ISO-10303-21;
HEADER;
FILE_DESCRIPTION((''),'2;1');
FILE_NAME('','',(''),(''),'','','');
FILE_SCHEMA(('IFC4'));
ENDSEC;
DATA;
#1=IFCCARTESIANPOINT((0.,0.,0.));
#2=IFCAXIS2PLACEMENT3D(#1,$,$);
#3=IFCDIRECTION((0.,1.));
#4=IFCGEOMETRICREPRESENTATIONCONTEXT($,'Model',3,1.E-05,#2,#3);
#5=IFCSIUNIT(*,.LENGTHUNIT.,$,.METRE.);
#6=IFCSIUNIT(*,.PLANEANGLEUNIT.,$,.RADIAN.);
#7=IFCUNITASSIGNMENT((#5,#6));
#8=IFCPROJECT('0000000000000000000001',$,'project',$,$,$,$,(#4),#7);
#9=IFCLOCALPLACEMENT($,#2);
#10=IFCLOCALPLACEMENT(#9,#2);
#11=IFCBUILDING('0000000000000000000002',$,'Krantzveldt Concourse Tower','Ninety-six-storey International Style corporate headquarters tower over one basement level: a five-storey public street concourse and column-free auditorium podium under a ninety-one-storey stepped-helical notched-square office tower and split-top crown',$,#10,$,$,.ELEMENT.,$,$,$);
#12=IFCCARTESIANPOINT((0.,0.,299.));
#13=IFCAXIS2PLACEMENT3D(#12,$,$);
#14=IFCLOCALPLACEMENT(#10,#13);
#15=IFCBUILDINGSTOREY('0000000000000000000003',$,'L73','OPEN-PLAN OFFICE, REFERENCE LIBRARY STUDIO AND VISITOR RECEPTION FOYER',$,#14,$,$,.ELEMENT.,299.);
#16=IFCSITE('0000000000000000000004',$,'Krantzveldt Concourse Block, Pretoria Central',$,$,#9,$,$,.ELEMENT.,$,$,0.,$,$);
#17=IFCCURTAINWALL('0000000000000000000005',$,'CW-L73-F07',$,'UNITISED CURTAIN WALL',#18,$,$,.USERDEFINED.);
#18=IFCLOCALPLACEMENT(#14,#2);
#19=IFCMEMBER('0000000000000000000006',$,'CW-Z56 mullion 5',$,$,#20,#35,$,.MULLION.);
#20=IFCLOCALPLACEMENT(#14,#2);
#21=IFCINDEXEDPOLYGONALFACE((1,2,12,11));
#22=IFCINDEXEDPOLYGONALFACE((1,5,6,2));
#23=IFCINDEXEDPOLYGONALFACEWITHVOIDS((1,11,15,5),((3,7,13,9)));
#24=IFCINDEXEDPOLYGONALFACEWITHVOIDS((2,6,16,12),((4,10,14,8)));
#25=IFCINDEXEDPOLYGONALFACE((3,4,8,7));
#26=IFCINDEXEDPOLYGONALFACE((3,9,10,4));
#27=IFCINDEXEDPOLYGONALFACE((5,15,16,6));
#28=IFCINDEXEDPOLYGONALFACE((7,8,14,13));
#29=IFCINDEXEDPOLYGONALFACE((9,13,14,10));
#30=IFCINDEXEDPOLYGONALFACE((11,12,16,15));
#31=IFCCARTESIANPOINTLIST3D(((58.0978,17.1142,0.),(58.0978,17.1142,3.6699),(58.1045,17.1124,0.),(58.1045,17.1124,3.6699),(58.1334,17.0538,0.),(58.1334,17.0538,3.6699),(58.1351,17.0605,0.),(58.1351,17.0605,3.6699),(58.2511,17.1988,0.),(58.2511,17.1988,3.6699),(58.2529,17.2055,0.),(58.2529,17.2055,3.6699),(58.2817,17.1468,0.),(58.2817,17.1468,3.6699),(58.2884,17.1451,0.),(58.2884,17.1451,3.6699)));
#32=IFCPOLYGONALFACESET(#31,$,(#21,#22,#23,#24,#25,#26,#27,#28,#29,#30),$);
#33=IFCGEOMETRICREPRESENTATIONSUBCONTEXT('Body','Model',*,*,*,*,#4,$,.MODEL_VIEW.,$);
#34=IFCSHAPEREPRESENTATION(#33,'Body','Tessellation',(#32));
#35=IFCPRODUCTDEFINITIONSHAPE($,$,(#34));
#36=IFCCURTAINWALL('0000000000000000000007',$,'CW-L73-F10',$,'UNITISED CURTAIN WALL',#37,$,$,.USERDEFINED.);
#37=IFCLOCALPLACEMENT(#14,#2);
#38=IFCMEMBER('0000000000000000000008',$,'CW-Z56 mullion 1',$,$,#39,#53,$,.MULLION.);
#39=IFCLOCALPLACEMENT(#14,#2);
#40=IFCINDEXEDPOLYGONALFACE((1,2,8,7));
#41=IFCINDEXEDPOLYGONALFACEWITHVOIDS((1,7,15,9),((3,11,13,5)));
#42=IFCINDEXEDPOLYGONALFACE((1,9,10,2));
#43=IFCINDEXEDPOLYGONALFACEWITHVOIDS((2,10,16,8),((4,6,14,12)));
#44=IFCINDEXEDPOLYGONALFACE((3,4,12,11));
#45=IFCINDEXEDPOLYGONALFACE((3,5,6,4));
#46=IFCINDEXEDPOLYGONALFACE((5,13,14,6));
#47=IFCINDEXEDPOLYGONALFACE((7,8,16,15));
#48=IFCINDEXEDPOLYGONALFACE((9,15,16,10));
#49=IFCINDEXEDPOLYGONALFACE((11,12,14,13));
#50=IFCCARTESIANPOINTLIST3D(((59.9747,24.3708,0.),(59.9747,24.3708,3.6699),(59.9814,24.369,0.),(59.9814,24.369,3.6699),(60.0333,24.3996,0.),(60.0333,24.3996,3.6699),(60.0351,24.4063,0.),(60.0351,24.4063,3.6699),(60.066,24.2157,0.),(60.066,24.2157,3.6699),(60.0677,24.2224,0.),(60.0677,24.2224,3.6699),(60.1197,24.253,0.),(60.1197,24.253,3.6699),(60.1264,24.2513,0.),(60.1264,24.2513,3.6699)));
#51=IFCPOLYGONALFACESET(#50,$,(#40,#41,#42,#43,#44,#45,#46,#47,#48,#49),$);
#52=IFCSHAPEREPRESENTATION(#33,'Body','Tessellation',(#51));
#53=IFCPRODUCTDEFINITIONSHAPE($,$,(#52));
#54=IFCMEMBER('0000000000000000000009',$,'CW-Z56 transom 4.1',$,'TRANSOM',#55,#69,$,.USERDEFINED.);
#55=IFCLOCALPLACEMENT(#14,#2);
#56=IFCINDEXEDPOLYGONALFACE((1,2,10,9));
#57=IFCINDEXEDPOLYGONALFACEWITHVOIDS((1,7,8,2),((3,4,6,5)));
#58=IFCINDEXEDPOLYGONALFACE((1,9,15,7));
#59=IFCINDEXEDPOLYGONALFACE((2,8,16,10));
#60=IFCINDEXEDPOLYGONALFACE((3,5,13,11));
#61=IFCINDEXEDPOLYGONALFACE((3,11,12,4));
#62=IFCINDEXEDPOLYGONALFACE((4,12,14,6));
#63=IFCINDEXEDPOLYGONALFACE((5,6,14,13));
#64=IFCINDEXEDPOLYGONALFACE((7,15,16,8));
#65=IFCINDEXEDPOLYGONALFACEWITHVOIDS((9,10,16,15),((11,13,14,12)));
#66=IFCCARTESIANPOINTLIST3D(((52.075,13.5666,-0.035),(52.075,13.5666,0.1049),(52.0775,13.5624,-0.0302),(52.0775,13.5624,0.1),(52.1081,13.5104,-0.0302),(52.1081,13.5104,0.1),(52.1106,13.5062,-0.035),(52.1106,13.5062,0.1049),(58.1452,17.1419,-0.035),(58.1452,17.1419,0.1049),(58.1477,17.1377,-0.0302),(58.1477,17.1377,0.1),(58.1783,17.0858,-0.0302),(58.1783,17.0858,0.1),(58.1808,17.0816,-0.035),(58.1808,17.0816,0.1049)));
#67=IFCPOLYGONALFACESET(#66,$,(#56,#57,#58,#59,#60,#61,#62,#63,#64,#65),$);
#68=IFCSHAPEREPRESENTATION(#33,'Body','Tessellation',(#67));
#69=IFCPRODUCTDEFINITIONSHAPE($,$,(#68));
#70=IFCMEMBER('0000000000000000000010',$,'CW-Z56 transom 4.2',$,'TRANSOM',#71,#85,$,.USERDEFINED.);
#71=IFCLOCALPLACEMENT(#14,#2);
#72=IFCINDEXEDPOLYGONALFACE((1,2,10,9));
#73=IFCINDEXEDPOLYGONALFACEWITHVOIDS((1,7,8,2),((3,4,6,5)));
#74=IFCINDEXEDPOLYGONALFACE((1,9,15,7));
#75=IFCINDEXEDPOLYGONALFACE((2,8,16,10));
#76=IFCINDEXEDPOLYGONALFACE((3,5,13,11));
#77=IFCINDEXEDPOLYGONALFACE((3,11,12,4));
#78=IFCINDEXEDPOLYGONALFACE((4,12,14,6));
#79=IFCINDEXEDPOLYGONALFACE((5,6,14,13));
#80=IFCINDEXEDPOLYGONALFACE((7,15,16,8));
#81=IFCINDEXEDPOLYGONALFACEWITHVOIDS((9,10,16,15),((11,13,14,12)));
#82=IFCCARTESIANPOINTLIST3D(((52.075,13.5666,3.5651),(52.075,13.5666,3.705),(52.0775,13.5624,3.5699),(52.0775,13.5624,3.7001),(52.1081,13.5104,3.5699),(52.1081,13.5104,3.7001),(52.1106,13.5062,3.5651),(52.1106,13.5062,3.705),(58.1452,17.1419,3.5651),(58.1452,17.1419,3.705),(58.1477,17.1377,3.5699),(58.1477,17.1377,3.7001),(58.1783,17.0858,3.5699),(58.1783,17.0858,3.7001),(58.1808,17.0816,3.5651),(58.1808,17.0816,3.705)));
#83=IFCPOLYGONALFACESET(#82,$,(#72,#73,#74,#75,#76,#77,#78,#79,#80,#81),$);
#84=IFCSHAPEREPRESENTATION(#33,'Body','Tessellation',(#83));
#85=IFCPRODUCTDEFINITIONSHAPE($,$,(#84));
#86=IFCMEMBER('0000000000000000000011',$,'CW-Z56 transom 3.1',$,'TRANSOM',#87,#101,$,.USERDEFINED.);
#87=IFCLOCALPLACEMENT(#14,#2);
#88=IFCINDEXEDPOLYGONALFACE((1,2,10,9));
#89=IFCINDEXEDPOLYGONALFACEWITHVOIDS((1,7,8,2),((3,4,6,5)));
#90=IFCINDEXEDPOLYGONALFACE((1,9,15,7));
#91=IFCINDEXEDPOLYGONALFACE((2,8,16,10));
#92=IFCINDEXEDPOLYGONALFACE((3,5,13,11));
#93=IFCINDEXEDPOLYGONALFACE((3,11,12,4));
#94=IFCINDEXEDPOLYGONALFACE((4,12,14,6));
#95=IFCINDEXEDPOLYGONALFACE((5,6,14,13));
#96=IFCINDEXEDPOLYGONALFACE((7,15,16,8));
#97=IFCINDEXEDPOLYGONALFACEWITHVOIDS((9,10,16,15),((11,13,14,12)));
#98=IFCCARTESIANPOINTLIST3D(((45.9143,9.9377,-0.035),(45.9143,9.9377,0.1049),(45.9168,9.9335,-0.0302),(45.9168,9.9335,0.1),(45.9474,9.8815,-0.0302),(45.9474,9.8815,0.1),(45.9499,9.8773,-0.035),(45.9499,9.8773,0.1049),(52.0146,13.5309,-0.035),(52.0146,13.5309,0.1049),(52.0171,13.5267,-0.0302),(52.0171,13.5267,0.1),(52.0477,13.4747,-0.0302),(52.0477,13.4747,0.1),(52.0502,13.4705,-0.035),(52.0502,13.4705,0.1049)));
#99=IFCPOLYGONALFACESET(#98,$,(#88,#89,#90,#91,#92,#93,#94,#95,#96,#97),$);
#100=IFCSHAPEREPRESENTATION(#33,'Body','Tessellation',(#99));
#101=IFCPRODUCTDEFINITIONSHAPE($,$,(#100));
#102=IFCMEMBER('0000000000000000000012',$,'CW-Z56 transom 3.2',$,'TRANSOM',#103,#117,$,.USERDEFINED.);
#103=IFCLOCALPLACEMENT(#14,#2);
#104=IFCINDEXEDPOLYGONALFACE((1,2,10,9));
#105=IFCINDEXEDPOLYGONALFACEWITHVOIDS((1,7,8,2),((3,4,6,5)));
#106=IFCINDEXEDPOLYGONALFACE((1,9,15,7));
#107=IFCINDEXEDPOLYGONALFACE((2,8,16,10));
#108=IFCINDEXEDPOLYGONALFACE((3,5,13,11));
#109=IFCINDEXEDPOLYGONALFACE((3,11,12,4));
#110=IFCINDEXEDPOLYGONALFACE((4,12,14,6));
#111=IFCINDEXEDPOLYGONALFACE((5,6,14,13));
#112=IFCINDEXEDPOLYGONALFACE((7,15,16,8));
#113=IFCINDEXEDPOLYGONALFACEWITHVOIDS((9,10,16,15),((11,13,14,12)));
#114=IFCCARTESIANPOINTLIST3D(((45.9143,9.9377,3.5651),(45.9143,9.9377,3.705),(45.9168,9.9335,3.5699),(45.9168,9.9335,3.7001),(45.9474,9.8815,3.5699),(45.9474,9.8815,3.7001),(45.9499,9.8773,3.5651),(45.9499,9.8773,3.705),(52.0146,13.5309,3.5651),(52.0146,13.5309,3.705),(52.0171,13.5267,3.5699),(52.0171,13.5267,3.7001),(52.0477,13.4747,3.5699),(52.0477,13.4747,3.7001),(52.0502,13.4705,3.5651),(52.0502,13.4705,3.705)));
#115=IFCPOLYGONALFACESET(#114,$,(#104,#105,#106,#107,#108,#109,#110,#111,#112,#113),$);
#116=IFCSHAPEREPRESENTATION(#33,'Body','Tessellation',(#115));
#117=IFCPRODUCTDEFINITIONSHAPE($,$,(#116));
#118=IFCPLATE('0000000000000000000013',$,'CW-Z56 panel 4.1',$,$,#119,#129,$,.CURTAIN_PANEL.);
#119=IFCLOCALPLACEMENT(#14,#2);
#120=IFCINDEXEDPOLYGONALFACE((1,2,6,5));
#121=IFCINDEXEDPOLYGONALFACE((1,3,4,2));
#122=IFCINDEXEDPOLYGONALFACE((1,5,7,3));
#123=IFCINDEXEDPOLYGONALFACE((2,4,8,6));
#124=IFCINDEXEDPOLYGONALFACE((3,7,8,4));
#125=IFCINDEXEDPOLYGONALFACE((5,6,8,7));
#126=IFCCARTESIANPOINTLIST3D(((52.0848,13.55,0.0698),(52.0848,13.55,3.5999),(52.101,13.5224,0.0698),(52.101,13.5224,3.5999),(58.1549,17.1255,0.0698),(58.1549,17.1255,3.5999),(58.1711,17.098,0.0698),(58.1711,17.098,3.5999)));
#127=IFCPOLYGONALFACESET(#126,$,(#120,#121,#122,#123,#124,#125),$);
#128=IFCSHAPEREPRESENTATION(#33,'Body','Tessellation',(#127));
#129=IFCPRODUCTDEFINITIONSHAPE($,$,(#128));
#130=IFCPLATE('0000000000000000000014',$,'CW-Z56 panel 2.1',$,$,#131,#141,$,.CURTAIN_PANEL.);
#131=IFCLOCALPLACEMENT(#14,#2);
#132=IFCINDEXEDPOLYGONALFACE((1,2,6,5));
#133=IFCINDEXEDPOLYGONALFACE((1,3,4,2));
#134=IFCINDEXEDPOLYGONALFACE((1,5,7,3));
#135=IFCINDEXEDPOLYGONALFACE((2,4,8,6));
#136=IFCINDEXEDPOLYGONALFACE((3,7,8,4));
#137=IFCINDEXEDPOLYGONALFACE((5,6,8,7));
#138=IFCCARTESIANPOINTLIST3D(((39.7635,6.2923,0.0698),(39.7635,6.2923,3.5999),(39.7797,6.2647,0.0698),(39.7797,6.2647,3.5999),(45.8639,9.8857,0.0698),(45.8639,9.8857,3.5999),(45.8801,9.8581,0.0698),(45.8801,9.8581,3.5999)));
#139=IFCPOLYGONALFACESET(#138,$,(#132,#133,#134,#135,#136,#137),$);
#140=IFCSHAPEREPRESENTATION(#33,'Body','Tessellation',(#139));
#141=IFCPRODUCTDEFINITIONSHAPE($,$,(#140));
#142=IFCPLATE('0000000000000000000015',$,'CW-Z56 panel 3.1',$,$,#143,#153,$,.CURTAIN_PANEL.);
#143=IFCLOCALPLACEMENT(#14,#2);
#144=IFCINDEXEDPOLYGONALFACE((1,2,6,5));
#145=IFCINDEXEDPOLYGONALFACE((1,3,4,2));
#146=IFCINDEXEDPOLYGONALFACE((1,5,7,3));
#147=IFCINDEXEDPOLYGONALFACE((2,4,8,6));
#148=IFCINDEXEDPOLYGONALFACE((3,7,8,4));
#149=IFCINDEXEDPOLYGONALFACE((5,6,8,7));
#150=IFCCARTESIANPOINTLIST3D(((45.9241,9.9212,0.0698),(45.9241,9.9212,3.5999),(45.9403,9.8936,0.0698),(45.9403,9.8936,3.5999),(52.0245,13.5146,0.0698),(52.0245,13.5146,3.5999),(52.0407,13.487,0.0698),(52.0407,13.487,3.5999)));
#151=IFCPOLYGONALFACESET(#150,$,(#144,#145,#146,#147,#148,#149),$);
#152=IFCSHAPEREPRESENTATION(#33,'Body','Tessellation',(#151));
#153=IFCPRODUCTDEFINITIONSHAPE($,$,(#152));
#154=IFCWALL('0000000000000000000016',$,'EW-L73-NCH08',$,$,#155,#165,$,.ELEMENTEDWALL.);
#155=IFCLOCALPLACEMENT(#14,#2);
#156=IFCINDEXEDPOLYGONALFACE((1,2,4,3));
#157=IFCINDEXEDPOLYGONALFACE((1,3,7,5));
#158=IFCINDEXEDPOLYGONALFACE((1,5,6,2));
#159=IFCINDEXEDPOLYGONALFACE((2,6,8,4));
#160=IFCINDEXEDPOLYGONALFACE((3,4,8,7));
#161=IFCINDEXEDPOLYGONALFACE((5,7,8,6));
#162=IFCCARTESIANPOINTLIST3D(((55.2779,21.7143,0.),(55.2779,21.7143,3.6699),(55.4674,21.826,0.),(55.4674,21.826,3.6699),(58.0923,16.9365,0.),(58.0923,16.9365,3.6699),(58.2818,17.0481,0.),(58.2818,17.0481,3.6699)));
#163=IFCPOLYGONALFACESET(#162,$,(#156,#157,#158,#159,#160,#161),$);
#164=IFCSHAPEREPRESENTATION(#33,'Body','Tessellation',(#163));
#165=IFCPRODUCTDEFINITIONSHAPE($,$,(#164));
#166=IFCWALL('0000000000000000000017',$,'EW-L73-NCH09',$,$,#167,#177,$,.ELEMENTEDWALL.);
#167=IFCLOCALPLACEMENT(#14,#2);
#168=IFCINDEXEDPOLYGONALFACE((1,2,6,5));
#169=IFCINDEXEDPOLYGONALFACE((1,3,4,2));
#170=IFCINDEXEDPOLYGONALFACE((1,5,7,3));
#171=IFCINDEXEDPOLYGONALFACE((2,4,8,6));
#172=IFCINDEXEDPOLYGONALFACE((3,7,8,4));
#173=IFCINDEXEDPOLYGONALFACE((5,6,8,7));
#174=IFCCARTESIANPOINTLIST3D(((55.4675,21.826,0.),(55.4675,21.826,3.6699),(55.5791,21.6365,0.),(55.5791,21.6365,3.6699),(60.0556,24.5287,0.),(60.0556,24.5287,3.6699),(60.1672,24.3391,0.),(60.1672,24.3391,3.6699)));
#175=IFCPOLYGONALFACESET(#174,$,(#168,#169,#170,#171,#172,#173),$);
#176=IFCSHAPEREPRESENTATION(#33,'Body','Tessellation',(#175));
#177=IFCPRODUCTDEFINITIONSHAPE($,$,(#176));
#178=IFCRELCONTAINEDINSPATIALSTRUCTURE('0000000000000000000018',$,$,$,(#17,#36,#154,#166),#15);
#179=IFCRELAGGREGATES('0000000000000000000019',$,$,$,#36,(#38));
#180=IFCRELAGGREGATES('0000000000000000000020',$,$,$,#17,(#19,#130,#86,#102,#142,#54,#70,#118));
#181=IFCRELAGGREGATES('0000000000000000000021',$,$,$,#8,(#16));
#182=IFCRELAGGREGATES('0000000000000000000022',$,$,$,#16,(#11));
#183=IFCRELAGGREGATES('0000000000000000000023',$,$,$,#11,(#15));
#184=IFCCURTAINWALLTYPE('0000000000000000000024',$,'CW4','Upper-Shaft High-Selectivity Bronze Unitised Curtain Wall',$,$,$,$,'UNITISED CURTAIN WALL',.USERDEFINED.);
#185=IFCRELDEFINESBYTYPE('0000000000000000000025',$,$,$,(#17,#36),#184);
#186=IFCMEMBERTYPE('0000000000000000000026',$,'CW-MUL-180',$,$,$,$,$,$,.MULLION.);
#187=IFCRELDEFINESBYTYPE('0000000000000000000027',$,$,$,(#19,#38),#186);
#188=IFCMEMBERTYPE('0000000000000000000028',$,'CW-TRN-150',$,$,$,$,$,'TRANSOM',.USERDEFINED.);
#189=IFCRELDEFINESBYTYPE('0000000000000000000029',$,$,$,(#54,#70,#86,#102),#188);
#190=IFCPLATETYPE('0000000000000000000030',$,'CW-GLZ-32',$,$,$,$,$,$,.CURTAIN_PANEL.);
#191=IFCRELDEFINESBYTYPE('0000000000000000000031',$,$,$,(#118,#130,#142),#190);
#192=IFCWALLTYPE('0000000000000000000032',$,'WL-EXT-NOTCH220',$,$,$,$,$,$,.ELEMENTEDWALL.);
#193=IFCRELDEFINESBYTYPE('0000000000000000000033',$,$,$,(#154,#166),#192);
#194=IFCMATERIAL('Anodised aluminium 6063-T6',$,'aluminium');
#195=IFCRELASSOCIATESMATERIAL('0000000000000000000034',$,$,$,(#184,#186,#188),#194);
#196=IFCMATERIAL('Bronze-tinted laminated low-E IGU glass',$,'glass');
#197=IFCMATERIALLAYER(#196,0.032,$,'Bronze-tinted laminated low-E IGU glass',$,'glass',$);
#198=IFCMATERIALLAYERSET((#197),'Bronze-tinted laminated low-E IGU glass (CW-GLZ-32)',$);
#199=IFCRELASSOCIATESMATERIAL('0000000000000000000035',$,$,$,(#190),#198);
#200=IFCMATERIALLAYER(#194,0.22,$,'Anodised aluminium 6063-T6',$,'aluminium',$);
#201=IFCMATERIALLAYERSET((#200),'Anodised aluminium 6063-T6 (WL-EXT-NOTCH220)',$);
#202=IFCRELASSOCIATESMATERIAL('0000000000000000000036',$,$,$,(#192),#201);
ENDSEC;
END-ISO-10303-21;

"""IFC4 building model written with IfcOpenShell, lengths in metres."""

from ifc_helpers import new_model, si_unit, direction, frame, frame_2d, origin, origin_2d, place, context, subcontext, project, spatial, rectangle, hollow_rectangle, extrude, source, transform, mapped, material, layer, layer_set, material_profile, profile_set, type_object, type_shapes, element, aggregate, save


model = new_model("IFC4")

# Units and contexts
model_context = context("Model", 3, precision=1e-05, world=origin(), true_north=direction((0.0, 1.0)))
body_context = subcontext(model_context, "Body", "Model", "MODEL_VIEW")
ifc_project = project(units=[si_unit("LENGTHUNIT", "METRE"), si_unit("PLANEANGLEUNIT", "RADIAN")], contexts=[model_context])

# Site, building, storey
site_placement = place(None, origin())
site = spatial("IfcSite", under=ifc_project, at=site_placement, Name="Krantzveldt Concourse Block, Pretoria Central", CompositionType="ELEMENT", RefElevation=0.0)
building_placement = place(site_placement, origin())
building = spatial("IfcBuilding", under=site, at=building_placement, Name="Krantzveldt Concourse Tower", Description="Ninety-six-storey International Style corporate headquarters tower over one basement level: a five-storey public street concourse and column-free auditorium podium under a ninety-one-storey stepped-helical notched-square office tower and split-top crown", CompositionType="ELEMENT")
storey_placement = place(building_placement, frame((0.0, 0.0, 299.0)))
storey = spatial("IfcBuildingStorey", under=building, at=storey_placement, Name="L73", Description="OPEN-PLAN OFFICE, REFERENCE LIBRARY STUDIO AND VISITOR RECEPTION FOYER", CompositionType="ELEMENT", Elevation=299.0)

# Curtain wall, member
ifc_material_1 = material(Name="Anodised aluminium 6063-T6", Category="aluminium")
curtain_wall_type = type_object("IfcCurtainWallType", Name="CW4", Description="Upper-Shaft High-Selectivity Bronze Unitised Curtain Wall", ElementType="UNITISED CURTAIN WALL", PredefinedType="USERDEFINED", material=ifc_material_1)
curtain_wall_1_placement = place(storey_placement, origin())
curtain_wall_1 = element("IfcCurtainWall", 1, at=curtain_wall_1_placement, inside=storey, type_object=curtain_wall_type, Name="CW-L73-F07", ObjectType="UNITISED CURTAIN WALL", PredefinedType="USERDEFINED")
ifc_material_profile_1 = material_profile(ifc_material_1, hollow_rectangle(XDim=0.0701, YDim=0.1799, WallThickness=0.0049, at=origin_2d()), Name="Anodised aluminium 6063-T6", Category="aluminium")
ifc_profile_set_1 = profile_set([ifc_material_profile_1], Name="Anodised aluminium 6063-T6 - ALU-MULL 180x70x5")
member_type_1 = type_object("IfcMemberType", Name="CW-MUL-180", PredefinedType="MULLION", material=ifc_profile_set_1)
shared_shape_1 = source(origin(), body_context, "Body", "SweptSolid", [
    extrude(hollow_rectangle(XDim=0.0701, YDim=0.1799, WallThickness=0.0049, at=origin_2d()), origin(), (0.0, 0.0, 1.0), 3.6699),
])
type_shapes(member_type_1, [shared_shape_1])
member_1_placement = place(storey_placement, frame((58.1931, 17.1296, 0.0), z_axis=(0.0, 0.0, 1.0), x_axis=(-0.507538, 0.861629, 0.0)))
member_1 = element("IfcMember", 2, at=member_1_placement, type_object=member_type_1, Name="CW-Z56 mullion 5", PredefinedType="MULLION", context=body_context, shape_type="MappedRepresentation", body=[
    mapped(shared_shape_1, transform((0.0, 0.0, 0.0), x_axis=(1.0, 0.0, 0.0), y_axis=(0.0, 1.0, 0.0), z_axis=(0.0, 0.0, 1.0), scale=1.0)),
])

# Curtain wall, member
curtain_wall_2_placement = place(storey_placement, origin())
curtain_wall_2 = element("IfcCurtainWall", 3, at=curtain_wall_2_placement, inside=storey, type_object=curtain_wall_type, Name="CW-L73-F10", ObjectType="UNITISED CURTAIN WALL", PredefinedType="USERDEFINED")
member_2_placement = place(storey_placement, frame((60.0505, 24.311, 0.0), z_axis=(0.0, 0.0, 1.0), x_axis=(-0.861629, -0.507538, 0.0)))
member_2 = element("IfcMember", 4, at=member_2_placement, type_object=member_type_1, Name="CW-Z56 mullion 1", PredefinedType="MULLION", context=body_context, shape_type="MappedRepresentation", body=[
    mapped(shared_shape_1, transform((0.0, 0.0, 0.0), x_axis=(1.0, 0.0, 0.0), y_axis=(0.0, 1.0, 0.0), z_axis=(0.0, 0.0, 1.0), scale=1.0)),
])
aggregate(curtain_wall_2, [member_2])

# Members
ifc_material_profile_2 = material_profile(ifc_material_1, hollow_rectangle(XDim=0.0701, YDim=0.1399, WallThickness=0.0049, at=origin_2d()), Name="Anodised aluminium 6063-T6", Category="aluminium")
ifc_profile_set_2 = profile_set([ifc_material_profile_2], Name="Anodised aluminium 6063-T6 - ALU-TRAN 140x70x5")
member_type_2 = type_object("IfcMemberType", Name="CW-TRN-150", ElementType="TRANSOM", PredefinedType="USERDEFINED", material=ifc_profile_set_2)
shared_shape_2 = source(origin(), body_context, "Body", "SweptSolid", [
    extrude(hollow_rectangle(XDim=0.0701, YDim=0.1399, WallThickness=0.0049, at=origin_2d()), origin(), (0.0, 0.0, 1.0), 7.0449),
])
member_3_placement = place(storey_placement, frame((52.0928, 13.5364, 0.0349), z_axis=(0.861645, 0.507512, 0.0), x_axis=(-0.507512, 0.861645, 0.0)))
member_3 = element("IfcMember", 5, at=member_3_placement, type_object=member_type_2, Name="CW-Z56 transom 4.1", ObjectType="TRANSOM", PredefinedType="USERDEFINED", context=body_context, shape_type="MappedRepresentation", body=[
    mapped(shared_shape_2, transform((0.0, 0.0, 0.0), x_axis=(1.0, 0.0, 0.0), y_axis=(0.0, 1.0, 0.0), z_axis=(0.0, 0.0, 1.0), scale=1.0)),
])
member_4_placement = place(storey_placement, frame((52.0928, 13.5364, 3.635), z_axis=(0.861645, 0.507512, 0.0), x_axis=(-0.507512, 0.861645, 0.0)))
member_4 = element("IfcMember", 6, at=member_4_placement, type_object=member_type_2, Name="CW-Z56 transom 4.2", ObjectType="TRANSOM", PredefinedType="USERDEFINED", context=body_context, shape_type="MappedRepresentation", body=[
    mapped(shared_shape_2, transform((0.0, 0.0, 0.0), x_axis=(1.0, 0.0, 0.0), y_axis=(0.0, 1.0, 0.0), z_axis=(0.0, 0.0, 1.0), scale=1.0)),
])
shared_shape_3 = source(origin(), body_context, "Body", "SweptSolid", [
    extrude(hollow_rectangle(XDim=0.0701, YDim=0.1399, WallThickness=0.0049, at=origin_2d()), origin(), (0.0, 0.0, 1.0), 7.0798),
])
type_shapes(member_type_2, [shared_shape_2, shared_shape_3])
member_5_placement = place(storey_placement, frame((45.9321, 9.9075, 0.0349), z_axis=(0.861636, 0.507526, 0.0), x_axis=(-0.507526, 0.861636, 0.0)))
member_5 = element("IfcMember", 7, at=member_5_placement, type_object=member_type_2, Name="CW-Z56 transom 3.1", ObjectType="TRANSOM", PredefinedType="USERDEFINED", context=body_context, shape_type="MappedRepresentation", body=[
    mapped(shared_shape_3, transform((0.0, 0.0, 0.0), x_axis=(1.0, 0.0, 0.0), y_axis=(0.0, 1.0, 0.0), z_axis=(0.0, 0.0, 1.0), scale=1.0)),
])
member_6_placement = place(storey_placement, frame((45.9321, 9.9075, 3.635), z_axis=(0.861636, 0.507526, 0.0), x_axis=(-0.507526, 0.861636, 0.0)))
member_6 = element("IfcMember", 8, at=member_6_placement, type_object=member_type_2, Name="CW-Z56 transom 3.2", ObjectType="TRANSOM", PredefinedType="USERDEFINED", context=body_context, shape_type="MappedRepresentation", body=[
    mapped(shared_shape_3, transform((0.0, 0.0, 0.0), x_axis=(1.0, 0.0, 0.0), y_axis=(0.0, 1.0, 0.0), z_axis=(0.0, 0.0, 1.0), scale=1.0)),
])

# Plates
ifc_material_2 = material(Name="Bronze-tinted laminated low-E IGU glass", Category="glass")
ifc_layer_1 = layer(ifc_material_2, 0.032, Name="Bronze-tinted laminated low-E IGU glass", Category="glass")
ifc_layer_set_1 = layer_set([ifc_layer_1], Name="Bronze-tinted laminated low-E IGU glass (CW-GLZ-32)")
plate_type = type_object("IfcPlateType", Name="CW-GLZ-32", PredefinedType="CURTAIN_PANEL", material=ifc_layer_set_1)
shared_shape_4 = source(origin(), body_context, "Body", "SweptSolid", [
    extrude(rectangle(XDim=7.0449, YDim=0.032, at=origin_2d()), origin(), (0.0, 0.0, 1.0), 3.53),
])
plate_1_placement = place(storey_placement, frame((55.1279, 15.324, 0.0698), z_axis=(0.0, 0.0, 1.0), x_axis=(0.861629, 0.507538, 0.0)))
plate_1 = element("IfcPlate", 9, at=plate_1_placement, type_object=plate_type, Name="CW-Z56 panel 4.1", PredefinedType="CURTAIN_PANEL", context=body_context, shape_type="MappedRepresentation", body=[
    mapped(shared_shape_4, transform((0.0, 0.0, 0.0), x_axis=(1.0, 0.0, 0.0), y_axis=(0.0, 1.0, 0.0), z_axis=(0.0, 0.0, 1.0), scale=1.0)),
])
shared_shape_5 = source(origin(), body_context, "Body", "SweptSolid", [
    extrude(rectangle(XDim=7.0801, YDim=0.032, at=origin_2d()), origin(), (0.0, 0.0, 1.0), 3.53),
])
type_shapes(plate_type, [shared_shape_4, shared_shape_5])
plate_2_placement = place(storey_placement, frame((42.8218, 8.0752, 0.0698), z_axis=(0.0, 0.0, 1.0), x_axis=(0.861629, 0.507538, 0.0)))
plate_2 = element("IfcPlate", 10, at=plate_2_placement, type_object=plate_type, Name="CW-Z56 panel 2.1", PredefinedType="CURTAIN_PANEL", context=body_context, shape_type="MappedRepresentation", body=[
    mapped(shared_shape_5, transform((0.0, 0.0, 0.0), x_axis=(1.0, 0.0, 0.0), y_axis=(0.0, 1.0, 0.0), z_axis=(0.0, 0.0, 1.0), scale=1.0)),
])
plate_3_placement = place(storey_placement, frame((48.9824, 11.7041, 0.0698), z_axis=(0.0, 0.0, 1.0), x_axis=(0.861629, 0.507538, 0.0)))
plate_3 = element("IfcPlate", 11, at=plate_3_placement, type_object=plate_type, Name="CW-Z56 panel 3.1", PredefinedType="CURTAIN_PANEL", context=body_context, shape_type="MappedRepresentation", body=[
    mapped(shared_shape_5, transform((0.0, 0.0, 0.0), x_axis=(1.0, 0.0, 0.0), y_axis=(0.0, 1.0, 0.0), z_axis=(0.0, 0.0, 1.0), scale=1.0)),
])
aggregate(curtain_wall_1, [member_1, plate_2, member_5, member_6, plate_3, member_3, member_4, plate_1])

# Walls
ifc_layer_2 = layer(ifc_material_1, 0.22, Name="Anodised aluminium 6063-T6", Category="aluminium")
ifc_layer_set_2 = layer_set([ifc_layer_2], Name="Anodised aluminium 6063-T6 (WL-EXT-NOTCH220)")
wall_type_1 = type_object("IfcWallType", Name="WL-EXT-NOTCH220", PredefinedType="ELEMENTEDWALL", material=ifc_layer_set_2)
wall_1_placement = place(storey_placement, frame((58.187, 16.9924, 0.0), z_axis=(0.0, 0.0, 1.0), x_axis=(-0.507551, 0.861622, 0.0)))
element("IfcWall", 12, at=wall_1_placement, inside=storey, type_object=wall_type_1, Name="EW-L73-NCH08", PredefinedType="ELEMENTEDWALL", context=body_context, shape_type="SweptSolid", body=[
    extrude(rectangle(XDim=5.5452, YDim=0.22, at=frame_2d((2.7725, 0.0))), origin(), (0.0, 0.0, 1.0), 3.6699),
])
wall_2_placement = place(storey_placement, frame((55.5232, 21.7312, 0.0), z_axis=(0.0, 0.0, 1.0), x_axis=(0.861628, 0.507541, 0.0)))
element("IfcWall", 13, at=wall_2_placement, inside=storey, type_object=wall_type_1, Name="EW-L73-NCH09", PredefinedType="ELEMENTEDWALL", context=body_context, shape_type="SweptSolid", body=[
    extrude(rectangle(XDim=5.325, YDim=0.22, at=frame_2d((2.6626, 0.0))), origin(), (0.0, 0.0, 1.0), 3.6699),
])

save(model, "model.ifc")
